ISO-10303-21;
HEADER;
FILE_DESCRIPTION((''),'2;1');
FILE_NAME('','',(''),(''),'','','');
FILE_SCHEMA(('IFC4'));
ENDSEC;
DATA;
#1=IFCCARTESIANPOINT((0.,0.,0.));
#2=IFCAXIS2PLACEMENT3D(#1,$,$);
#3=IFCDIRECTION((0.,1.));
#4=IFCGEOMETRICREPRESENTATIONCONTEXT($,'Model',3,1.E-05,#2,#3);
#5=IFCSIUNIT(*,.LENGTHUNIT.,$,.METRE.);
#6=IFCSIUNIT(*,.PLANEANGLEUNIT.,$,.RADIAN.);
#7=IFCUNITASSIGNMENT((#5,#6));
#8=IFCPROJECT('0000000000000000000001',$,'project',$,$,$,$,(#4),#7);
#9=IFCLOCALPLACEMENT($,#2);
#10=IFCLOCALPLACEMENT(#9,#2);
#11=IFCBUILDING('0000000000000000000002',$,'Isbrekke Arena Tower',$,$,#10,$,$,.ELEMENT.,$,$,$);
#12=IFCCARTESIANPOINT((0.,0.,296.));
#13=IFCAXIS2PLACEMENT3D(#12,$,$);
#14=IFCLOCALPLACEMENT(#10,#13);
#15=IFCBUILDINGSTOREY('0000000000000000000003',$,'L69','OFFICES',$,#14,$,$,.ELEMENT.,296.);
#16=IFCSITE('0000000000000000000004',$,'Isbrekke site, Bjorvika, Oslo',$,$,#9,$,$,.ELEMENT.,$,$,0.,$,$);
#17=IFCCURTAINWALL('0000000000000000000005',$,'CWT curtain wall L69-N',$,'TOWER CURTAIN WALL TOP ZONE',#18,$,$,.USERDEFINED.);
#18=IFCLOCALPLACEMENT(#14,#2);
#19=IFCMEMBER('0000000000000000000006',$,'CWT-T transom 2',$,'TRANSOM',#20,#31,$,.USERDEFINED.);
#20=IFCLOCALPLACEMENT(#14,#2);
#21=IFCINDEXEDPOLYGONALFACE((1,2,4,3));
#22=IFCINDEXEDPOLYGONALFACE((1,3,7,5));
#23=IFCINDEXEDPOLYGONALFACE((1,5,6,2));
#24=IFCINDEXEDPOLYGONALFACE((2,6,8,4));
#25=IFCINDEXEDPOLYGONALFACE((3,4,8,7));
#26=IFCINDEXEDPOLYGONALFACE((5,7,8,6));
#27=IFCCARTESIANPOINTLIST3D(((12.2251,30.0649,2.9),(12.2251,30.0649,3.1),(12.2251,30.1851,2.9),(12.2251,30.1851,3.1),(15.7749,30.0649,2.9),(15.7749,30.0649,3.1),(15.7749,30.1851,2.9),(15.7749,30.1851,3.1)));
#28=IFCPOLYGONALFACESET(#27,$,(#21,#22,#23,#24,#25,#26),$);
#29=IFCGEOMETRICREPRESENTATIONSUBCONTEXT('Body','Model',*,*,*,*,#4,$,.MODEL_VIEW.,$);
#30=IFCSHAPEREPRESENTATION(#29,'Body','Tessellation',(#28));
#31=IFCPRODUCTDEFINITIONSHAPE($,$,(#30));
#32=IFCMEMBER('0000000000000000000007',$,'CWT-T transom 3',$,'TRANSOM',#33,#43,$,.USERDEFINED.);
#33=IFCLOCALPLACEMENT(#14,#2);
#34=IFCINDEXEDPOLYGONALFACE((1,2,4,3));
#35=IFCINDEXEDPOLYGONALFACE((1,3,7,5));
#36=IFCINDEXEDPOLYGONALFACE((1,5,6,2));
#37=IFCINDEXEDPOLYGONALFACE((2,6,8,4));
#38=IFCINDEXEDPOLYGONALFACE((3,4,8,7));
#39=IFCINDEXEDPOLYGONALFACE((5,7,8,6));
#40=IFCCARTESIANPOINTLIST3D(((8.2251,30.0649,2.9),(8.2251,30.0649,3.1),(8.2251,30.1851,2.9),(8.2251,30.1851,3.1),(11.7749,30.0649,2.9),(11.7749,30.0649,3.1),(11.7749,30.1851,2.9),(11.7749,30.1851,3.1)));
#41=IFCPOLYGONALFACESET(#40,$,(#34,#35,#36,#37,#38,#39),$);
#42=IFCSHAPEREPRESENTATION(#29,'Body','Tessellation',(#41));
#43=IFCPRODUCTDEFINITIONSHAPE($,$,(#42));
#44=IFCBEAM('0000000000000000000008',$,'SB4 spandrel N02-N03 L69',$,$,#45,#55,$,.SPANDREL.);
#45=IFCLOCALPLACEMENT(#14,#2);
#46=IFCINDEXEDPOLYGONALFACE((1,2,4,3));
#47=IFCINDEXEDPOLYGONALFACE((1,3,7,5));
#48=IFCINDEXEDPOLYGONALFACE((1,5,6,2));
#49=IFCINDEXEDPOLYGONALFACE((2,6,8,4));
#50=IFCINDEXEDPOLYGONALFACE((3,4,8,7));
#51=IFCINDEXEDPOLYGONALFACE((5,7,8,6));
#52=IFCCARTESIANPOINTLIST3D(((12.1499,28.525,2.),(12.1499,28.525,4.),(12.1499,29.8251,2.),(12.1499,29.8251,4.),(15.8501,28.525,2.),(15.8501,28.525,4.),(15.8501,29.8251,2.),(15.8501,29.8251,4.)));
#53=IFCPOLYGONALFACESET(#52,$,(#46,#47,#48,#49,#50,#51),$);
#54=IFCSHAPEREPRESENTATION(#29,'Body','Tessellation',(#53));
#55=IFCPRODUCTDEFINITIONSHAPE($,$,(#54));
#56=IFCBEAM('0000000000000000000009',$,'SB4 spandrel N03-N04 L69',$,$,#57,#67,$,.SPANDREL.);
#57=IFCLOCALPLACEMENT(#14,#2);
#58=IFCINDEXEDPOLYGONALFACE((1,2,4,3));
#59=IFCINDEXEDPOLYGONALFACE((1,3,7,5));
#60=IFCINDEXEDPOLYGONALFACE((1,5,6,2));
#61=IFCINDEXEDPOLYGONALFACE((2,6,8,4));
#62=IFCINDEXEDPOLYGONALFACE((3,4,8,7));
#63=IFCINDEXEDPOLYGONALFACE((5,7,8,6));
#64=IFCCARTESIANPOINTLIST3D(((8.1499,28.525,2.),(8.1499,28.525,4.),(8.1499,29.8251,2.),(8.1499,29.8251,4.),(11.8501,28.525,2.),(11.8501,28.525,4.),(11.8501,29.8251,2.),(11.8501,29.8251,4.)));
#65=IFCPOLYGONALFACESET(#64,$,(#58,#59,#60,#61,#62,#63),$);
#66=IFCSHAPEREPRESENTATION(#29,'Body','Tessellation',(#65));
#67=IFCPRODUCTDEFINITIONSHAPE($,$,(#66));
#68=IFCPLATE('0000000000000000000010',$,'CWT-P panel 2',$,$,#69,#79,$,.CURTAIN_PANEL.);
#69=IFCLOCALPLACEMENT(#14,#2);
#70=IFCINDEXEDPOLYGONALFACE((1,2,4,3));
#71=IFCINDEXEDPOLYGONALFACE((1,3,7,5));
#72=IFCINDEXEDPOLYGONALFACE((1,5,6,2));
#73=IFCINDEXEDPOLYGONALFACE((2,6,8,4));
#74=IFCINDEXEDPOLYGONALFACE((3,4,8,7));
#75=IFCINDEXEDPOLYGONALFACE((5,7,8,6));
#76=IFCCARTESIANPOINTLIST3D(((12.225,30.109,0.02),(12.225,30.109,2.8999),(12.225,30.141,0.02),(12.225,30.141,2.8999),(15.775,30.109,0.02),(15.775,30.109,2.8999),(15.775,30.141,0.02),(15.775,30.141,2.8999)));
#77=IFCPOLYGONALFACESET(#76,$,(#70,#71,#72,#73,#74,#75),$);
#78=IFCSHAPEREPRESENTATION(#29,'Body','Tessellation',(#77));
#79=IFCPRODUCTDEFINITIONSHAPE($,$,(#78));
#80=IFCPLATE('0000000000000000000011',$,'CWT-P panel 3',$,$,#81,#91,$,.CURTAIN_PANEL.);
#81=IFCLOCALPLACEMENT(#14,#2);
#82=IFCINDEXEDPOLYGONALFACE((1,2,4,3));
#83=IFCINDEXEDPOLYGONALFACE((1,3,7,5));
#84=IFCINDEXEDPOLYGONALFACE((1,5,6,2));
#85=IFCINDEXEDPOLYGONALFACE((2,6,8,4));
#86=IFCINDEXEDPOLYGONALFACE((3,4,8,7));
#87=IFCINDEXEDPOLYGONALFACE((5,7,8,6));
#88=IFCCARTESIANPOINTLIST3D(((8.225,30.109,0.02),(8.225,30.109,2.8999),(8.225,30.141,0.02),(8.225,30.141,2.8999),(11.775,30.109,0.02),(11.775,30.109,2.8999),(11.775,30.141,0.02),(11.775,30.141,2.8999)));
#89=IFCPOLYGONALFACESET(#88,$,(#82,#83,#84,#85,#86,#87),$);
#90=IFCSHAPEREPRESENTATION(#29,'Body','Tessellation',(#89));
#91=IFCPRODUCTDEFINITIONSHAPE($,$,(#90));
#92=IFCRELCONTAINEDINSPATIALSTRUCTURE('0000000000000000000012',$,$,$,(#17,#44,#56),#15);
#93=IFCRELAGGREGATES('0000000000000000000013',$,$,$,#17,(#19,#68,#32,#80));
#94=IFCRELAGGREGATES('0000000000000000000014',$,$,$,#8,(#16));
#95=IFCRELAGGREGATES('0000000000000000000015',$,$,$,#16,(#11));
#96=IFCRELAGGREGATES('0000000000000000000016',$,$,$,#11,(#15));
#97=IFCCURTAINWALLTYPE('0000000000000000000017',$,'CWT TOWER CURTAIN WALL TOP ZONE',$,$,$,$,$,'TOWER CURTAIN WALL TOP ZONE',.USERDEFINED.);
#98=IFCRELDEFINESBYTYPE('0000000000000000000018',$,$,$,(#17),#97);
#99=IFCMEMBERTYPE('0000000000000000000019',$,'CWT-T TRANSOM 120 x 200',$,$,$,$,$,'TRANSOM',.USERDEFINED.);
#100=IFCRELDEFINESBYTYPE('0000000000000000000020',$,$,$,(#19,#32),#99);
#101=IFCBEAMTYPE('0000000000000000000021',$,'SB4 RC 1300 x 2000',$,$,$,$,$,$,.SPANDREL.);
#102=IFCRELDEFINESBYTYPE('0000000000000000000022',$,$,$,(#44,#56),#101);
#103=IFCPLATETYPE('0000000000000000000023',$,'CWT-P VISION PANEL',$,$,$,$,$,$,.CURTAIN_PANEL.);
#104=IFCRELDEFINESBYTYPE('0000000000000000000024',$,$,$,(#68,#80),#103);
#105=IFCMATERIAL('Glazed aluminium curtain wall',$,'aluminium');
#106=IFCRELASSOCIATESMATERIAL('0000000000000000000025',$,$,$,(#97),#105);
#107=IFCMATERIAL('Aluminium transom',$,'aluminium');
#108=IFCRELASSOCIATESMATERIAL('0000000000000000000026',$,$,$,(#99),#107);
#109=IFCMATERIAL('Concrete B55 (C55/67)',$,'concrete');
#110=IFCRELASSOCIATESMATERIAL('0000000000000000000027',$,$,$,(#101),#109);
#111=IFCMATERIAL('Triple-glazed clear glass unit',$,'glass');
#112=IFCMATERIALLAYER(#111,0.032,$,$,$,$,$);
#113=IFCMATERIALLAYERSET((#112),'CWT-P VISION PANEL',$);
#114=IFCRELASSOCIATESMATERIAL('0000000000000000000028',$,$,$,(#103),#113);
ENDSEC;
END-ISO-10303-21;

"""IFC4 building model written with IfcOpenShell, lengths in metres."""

from ifc_helpers import new_model, si_unit, direction, frame, origin, origin_2d, place, context, subcontext, project, spatial, rectangle, extrude, material, layer, layer_set, material_profile, profile_set, type_object, element, aggregate, save


model = new_model("IFC4")

# Units and contexts
model_context = context("Model", 3, precision=1e-05, world=origin(), true_north=direction((0.0, 1.0)))
body_context = subcontext(model_context, "Body", "Model", "MODEL_VIEW")
ifc_project = project(units=[si_unit("LENGTHUNIT", "METRE"), si_unit("PLANEANGLEUNIT", "RADIAN")], contexts=[model_context])

# Site, building, storey
site_placement = place(None, origin())
site = spatial("IfcSite", under=ifc_project, at=site_placement, Name="Isbrekke site, Bjorvika, Oslo", CompositionType="ELEMENT", RefElevation=0.0)
building_placement = place(site_placement, origin())
building = spatial("IfcBuilding", under=site, at=building_placement, Name="Isbrekke Arena Tower", CompositionType="ELEMENT")
storey_placement = place(building_placement, frame((0.0, 0.0, 296.0)))
storey = spatial("IfcBuildingStorey", under=building, at=storey_placement, Name="L69", Description="OFFICES", CompositionType="ELEMENT", Elevation=296.0)

# Curtain wall, members
ifc_material_1 = material(Name="Glazed aluminium curtain wall", Category="aluminium")
curtain_wall_type = type_object("IfcCurtainWallType", Name="CWT TOWER CURTAIN WALL TOP ZONE", ElementType="TOWER CURTAIN WALL TOP ZONE", PredefinedType="USERDEFINED", material=ifc_material_1)
curtain_wall_placement = place(storey_placement, origin())
curtain_wall = element("IfcCurtainWall", 1, at=curtain_wall_placement, inside=storey, type_object=curtain_wall_type, Name="CWT curtain wall L69-N", ObjectType="TOWER CURTAIN WALL TOP ZONE", PredefinedType="USERDEFINED")
ifc_material_2 = material(Name="Aluminium transom", Category="aluminium")
ifc_material_profile_1 = material_profile(ifc_material_2, rectangle(XDim=0.1201, YDim=0.2, at=origin_2d()), Name="TRANSOM 120X200")
ifc_profile_set_1 = profile_set([ifc_material_profile_1], Name="Aluminium transom")
member_type_1 = type_object("IfcMemberType", Name="CWT-T TRANSOM 120 x 200", ElementType="TRANSOM", PredefinedType="USERDEFINED", material=ifc_profile_set_1)
member_1_placement = place(storey_placement, frame((15.7749, 30.125, 3.0), z_axis=(-1.0, 0.0, 0.0), x_axis=(0.0, -1.0, 0.0)))
member_1 = element("IfcMember", 2, at=member_1_placement, type_object=member_type_1, Name="CWT-T transom 2", ObjectType="TRANSOM", PredefinedType="USERDEFINED", context=body_context, shape_type="SweptSolid", body=[
    extrude(rectangle(XDim=0.1201, YDim=0.2, at=origin_2d()), origin(), (0.0, 0.0, 1.0), 3.5498),
])
member_2_placement = place(storey_placement, frame((11.7749, 30.125, 3.0), z_axis=(-1.0, 0.0, 0.0), x_axis=(0.0, -1.0, 0.0)))
member_2 = element("IfcMember", 3, at=member_2_placement, type_object=member_type_1, Name="CWT-T transom 3", ObjectType="TRANSOM", PredefinedType="USERDEFINED", context=body_context, shape_type="SweptSolid", body=[
    extrude(rectangle(XDim=0.1201, YDim=0.2, at=origin_2d()), origin(), (0.0, 0.0, 1.0), 3.5498),
])

# Beams
ifc_material_3 = material(Name="Concrete B55 (C55/67)", Category="concrete")
ifc_material_profile_2 = material_profile(ifc_material_3, rectangle(XDim=1.3, YDim=2.0, at=origin_2d()), Name="RC 1300x2000")
ifc_profile_set_2 = profile_set([ifc_material_profile_2], Name="Concrete B55 (C55/67)")
beam_type_1 = type_object("IfcBeamType", Name="SB4 RC 1300 x 2000", PredefinedType="SPANDREL", material=ifc_profile_set_2)
for number, where, z_axis, x_axis, name in (
    (4, (15.8501, 29.175, 3.0), (-1.0, 0.0, 0.0), (0.0, -1.0, 0.0), "SB4 spandrel N02-N03 L69"),
    (5, (11.8501, 29.175, 3.0), (-1.0, 0.0, 0.0), (0.0, -1.0, 0.0), "SB4 spandrel N03-N04 L69"),
):
    element("IfcBeam", number, at=place(storey_placement, frame(where, z_axis=z_axis, x_axis=x_axis)), inside=storey, type_object=beam_type_1, Name=name, PredefinedType="SPANDREL", context=body_context, shape_type="SweptSolid", body=[
        extrude(rectangle(XDim=1.3, YDim=2.0, at=origin_2d()), origin(), (0.0, 0.0, 1.0), 3.7002),
    ])

# Plates
ifc_material_4 = material(Name="Triple-glazed clear glass unit", Category="glass")
ifc_layer_1 = layer(ifc_material_4, 0.032)
ifc_layer_set_1 = layer_set([ifc_layer_1], Name="CWT-P VISION PANEL")
plate_type = type_object("IfcPlateType", Name="CWT-P VISION PANEL", PredefinedType="CURTAIN_PANEL", material=ifc_layer_set_1)
plate_1_placement = place(storey_placement, frame((14.0, 30.125, 0.02), z_axis=(0.0, 0.0, 1.0), x_axis=(-1.0, 0.0, 0.0)))
plate_1 = element("IfcPlate", 6, at=plate_1_placement, type_object=plate_type, Name="CWT-P panel 2", PredefinedType="CURTAIN_PANEL", context=body_context, shape_type="SweptSolid", body=[
    extrude(rectangle(XDim=3.55, YDim=0.032, at=origin_2d()), origin(), (0.0, 0.0, 1.0), 2.8799),
])
plate_2_placement = place(storey_placement, frame((10.0, 30.125, 0.02), z_axis=(0.0, 0.0, 1.0), x_axis=(-1.0, 0.0, 0.0)))
plate_2 = element("IfcPlate", 7, at=plate_2_placement, type_object=plate_type, Name="CWT-P panel 3", PredefinedType="CURTAIN_PANEL", context=body_context, shape_type="SweptSolid", body=[
    extrude(rectangle(XDim=3.55, YDim=0.032, at=origin_2d()), origin(), (0.0, 0.0, 1.0), 2.8799),
])
aggregate(curtain_wall, [member_1, plate_1, member_2, plate_2])

save(model, "model.ifc")
